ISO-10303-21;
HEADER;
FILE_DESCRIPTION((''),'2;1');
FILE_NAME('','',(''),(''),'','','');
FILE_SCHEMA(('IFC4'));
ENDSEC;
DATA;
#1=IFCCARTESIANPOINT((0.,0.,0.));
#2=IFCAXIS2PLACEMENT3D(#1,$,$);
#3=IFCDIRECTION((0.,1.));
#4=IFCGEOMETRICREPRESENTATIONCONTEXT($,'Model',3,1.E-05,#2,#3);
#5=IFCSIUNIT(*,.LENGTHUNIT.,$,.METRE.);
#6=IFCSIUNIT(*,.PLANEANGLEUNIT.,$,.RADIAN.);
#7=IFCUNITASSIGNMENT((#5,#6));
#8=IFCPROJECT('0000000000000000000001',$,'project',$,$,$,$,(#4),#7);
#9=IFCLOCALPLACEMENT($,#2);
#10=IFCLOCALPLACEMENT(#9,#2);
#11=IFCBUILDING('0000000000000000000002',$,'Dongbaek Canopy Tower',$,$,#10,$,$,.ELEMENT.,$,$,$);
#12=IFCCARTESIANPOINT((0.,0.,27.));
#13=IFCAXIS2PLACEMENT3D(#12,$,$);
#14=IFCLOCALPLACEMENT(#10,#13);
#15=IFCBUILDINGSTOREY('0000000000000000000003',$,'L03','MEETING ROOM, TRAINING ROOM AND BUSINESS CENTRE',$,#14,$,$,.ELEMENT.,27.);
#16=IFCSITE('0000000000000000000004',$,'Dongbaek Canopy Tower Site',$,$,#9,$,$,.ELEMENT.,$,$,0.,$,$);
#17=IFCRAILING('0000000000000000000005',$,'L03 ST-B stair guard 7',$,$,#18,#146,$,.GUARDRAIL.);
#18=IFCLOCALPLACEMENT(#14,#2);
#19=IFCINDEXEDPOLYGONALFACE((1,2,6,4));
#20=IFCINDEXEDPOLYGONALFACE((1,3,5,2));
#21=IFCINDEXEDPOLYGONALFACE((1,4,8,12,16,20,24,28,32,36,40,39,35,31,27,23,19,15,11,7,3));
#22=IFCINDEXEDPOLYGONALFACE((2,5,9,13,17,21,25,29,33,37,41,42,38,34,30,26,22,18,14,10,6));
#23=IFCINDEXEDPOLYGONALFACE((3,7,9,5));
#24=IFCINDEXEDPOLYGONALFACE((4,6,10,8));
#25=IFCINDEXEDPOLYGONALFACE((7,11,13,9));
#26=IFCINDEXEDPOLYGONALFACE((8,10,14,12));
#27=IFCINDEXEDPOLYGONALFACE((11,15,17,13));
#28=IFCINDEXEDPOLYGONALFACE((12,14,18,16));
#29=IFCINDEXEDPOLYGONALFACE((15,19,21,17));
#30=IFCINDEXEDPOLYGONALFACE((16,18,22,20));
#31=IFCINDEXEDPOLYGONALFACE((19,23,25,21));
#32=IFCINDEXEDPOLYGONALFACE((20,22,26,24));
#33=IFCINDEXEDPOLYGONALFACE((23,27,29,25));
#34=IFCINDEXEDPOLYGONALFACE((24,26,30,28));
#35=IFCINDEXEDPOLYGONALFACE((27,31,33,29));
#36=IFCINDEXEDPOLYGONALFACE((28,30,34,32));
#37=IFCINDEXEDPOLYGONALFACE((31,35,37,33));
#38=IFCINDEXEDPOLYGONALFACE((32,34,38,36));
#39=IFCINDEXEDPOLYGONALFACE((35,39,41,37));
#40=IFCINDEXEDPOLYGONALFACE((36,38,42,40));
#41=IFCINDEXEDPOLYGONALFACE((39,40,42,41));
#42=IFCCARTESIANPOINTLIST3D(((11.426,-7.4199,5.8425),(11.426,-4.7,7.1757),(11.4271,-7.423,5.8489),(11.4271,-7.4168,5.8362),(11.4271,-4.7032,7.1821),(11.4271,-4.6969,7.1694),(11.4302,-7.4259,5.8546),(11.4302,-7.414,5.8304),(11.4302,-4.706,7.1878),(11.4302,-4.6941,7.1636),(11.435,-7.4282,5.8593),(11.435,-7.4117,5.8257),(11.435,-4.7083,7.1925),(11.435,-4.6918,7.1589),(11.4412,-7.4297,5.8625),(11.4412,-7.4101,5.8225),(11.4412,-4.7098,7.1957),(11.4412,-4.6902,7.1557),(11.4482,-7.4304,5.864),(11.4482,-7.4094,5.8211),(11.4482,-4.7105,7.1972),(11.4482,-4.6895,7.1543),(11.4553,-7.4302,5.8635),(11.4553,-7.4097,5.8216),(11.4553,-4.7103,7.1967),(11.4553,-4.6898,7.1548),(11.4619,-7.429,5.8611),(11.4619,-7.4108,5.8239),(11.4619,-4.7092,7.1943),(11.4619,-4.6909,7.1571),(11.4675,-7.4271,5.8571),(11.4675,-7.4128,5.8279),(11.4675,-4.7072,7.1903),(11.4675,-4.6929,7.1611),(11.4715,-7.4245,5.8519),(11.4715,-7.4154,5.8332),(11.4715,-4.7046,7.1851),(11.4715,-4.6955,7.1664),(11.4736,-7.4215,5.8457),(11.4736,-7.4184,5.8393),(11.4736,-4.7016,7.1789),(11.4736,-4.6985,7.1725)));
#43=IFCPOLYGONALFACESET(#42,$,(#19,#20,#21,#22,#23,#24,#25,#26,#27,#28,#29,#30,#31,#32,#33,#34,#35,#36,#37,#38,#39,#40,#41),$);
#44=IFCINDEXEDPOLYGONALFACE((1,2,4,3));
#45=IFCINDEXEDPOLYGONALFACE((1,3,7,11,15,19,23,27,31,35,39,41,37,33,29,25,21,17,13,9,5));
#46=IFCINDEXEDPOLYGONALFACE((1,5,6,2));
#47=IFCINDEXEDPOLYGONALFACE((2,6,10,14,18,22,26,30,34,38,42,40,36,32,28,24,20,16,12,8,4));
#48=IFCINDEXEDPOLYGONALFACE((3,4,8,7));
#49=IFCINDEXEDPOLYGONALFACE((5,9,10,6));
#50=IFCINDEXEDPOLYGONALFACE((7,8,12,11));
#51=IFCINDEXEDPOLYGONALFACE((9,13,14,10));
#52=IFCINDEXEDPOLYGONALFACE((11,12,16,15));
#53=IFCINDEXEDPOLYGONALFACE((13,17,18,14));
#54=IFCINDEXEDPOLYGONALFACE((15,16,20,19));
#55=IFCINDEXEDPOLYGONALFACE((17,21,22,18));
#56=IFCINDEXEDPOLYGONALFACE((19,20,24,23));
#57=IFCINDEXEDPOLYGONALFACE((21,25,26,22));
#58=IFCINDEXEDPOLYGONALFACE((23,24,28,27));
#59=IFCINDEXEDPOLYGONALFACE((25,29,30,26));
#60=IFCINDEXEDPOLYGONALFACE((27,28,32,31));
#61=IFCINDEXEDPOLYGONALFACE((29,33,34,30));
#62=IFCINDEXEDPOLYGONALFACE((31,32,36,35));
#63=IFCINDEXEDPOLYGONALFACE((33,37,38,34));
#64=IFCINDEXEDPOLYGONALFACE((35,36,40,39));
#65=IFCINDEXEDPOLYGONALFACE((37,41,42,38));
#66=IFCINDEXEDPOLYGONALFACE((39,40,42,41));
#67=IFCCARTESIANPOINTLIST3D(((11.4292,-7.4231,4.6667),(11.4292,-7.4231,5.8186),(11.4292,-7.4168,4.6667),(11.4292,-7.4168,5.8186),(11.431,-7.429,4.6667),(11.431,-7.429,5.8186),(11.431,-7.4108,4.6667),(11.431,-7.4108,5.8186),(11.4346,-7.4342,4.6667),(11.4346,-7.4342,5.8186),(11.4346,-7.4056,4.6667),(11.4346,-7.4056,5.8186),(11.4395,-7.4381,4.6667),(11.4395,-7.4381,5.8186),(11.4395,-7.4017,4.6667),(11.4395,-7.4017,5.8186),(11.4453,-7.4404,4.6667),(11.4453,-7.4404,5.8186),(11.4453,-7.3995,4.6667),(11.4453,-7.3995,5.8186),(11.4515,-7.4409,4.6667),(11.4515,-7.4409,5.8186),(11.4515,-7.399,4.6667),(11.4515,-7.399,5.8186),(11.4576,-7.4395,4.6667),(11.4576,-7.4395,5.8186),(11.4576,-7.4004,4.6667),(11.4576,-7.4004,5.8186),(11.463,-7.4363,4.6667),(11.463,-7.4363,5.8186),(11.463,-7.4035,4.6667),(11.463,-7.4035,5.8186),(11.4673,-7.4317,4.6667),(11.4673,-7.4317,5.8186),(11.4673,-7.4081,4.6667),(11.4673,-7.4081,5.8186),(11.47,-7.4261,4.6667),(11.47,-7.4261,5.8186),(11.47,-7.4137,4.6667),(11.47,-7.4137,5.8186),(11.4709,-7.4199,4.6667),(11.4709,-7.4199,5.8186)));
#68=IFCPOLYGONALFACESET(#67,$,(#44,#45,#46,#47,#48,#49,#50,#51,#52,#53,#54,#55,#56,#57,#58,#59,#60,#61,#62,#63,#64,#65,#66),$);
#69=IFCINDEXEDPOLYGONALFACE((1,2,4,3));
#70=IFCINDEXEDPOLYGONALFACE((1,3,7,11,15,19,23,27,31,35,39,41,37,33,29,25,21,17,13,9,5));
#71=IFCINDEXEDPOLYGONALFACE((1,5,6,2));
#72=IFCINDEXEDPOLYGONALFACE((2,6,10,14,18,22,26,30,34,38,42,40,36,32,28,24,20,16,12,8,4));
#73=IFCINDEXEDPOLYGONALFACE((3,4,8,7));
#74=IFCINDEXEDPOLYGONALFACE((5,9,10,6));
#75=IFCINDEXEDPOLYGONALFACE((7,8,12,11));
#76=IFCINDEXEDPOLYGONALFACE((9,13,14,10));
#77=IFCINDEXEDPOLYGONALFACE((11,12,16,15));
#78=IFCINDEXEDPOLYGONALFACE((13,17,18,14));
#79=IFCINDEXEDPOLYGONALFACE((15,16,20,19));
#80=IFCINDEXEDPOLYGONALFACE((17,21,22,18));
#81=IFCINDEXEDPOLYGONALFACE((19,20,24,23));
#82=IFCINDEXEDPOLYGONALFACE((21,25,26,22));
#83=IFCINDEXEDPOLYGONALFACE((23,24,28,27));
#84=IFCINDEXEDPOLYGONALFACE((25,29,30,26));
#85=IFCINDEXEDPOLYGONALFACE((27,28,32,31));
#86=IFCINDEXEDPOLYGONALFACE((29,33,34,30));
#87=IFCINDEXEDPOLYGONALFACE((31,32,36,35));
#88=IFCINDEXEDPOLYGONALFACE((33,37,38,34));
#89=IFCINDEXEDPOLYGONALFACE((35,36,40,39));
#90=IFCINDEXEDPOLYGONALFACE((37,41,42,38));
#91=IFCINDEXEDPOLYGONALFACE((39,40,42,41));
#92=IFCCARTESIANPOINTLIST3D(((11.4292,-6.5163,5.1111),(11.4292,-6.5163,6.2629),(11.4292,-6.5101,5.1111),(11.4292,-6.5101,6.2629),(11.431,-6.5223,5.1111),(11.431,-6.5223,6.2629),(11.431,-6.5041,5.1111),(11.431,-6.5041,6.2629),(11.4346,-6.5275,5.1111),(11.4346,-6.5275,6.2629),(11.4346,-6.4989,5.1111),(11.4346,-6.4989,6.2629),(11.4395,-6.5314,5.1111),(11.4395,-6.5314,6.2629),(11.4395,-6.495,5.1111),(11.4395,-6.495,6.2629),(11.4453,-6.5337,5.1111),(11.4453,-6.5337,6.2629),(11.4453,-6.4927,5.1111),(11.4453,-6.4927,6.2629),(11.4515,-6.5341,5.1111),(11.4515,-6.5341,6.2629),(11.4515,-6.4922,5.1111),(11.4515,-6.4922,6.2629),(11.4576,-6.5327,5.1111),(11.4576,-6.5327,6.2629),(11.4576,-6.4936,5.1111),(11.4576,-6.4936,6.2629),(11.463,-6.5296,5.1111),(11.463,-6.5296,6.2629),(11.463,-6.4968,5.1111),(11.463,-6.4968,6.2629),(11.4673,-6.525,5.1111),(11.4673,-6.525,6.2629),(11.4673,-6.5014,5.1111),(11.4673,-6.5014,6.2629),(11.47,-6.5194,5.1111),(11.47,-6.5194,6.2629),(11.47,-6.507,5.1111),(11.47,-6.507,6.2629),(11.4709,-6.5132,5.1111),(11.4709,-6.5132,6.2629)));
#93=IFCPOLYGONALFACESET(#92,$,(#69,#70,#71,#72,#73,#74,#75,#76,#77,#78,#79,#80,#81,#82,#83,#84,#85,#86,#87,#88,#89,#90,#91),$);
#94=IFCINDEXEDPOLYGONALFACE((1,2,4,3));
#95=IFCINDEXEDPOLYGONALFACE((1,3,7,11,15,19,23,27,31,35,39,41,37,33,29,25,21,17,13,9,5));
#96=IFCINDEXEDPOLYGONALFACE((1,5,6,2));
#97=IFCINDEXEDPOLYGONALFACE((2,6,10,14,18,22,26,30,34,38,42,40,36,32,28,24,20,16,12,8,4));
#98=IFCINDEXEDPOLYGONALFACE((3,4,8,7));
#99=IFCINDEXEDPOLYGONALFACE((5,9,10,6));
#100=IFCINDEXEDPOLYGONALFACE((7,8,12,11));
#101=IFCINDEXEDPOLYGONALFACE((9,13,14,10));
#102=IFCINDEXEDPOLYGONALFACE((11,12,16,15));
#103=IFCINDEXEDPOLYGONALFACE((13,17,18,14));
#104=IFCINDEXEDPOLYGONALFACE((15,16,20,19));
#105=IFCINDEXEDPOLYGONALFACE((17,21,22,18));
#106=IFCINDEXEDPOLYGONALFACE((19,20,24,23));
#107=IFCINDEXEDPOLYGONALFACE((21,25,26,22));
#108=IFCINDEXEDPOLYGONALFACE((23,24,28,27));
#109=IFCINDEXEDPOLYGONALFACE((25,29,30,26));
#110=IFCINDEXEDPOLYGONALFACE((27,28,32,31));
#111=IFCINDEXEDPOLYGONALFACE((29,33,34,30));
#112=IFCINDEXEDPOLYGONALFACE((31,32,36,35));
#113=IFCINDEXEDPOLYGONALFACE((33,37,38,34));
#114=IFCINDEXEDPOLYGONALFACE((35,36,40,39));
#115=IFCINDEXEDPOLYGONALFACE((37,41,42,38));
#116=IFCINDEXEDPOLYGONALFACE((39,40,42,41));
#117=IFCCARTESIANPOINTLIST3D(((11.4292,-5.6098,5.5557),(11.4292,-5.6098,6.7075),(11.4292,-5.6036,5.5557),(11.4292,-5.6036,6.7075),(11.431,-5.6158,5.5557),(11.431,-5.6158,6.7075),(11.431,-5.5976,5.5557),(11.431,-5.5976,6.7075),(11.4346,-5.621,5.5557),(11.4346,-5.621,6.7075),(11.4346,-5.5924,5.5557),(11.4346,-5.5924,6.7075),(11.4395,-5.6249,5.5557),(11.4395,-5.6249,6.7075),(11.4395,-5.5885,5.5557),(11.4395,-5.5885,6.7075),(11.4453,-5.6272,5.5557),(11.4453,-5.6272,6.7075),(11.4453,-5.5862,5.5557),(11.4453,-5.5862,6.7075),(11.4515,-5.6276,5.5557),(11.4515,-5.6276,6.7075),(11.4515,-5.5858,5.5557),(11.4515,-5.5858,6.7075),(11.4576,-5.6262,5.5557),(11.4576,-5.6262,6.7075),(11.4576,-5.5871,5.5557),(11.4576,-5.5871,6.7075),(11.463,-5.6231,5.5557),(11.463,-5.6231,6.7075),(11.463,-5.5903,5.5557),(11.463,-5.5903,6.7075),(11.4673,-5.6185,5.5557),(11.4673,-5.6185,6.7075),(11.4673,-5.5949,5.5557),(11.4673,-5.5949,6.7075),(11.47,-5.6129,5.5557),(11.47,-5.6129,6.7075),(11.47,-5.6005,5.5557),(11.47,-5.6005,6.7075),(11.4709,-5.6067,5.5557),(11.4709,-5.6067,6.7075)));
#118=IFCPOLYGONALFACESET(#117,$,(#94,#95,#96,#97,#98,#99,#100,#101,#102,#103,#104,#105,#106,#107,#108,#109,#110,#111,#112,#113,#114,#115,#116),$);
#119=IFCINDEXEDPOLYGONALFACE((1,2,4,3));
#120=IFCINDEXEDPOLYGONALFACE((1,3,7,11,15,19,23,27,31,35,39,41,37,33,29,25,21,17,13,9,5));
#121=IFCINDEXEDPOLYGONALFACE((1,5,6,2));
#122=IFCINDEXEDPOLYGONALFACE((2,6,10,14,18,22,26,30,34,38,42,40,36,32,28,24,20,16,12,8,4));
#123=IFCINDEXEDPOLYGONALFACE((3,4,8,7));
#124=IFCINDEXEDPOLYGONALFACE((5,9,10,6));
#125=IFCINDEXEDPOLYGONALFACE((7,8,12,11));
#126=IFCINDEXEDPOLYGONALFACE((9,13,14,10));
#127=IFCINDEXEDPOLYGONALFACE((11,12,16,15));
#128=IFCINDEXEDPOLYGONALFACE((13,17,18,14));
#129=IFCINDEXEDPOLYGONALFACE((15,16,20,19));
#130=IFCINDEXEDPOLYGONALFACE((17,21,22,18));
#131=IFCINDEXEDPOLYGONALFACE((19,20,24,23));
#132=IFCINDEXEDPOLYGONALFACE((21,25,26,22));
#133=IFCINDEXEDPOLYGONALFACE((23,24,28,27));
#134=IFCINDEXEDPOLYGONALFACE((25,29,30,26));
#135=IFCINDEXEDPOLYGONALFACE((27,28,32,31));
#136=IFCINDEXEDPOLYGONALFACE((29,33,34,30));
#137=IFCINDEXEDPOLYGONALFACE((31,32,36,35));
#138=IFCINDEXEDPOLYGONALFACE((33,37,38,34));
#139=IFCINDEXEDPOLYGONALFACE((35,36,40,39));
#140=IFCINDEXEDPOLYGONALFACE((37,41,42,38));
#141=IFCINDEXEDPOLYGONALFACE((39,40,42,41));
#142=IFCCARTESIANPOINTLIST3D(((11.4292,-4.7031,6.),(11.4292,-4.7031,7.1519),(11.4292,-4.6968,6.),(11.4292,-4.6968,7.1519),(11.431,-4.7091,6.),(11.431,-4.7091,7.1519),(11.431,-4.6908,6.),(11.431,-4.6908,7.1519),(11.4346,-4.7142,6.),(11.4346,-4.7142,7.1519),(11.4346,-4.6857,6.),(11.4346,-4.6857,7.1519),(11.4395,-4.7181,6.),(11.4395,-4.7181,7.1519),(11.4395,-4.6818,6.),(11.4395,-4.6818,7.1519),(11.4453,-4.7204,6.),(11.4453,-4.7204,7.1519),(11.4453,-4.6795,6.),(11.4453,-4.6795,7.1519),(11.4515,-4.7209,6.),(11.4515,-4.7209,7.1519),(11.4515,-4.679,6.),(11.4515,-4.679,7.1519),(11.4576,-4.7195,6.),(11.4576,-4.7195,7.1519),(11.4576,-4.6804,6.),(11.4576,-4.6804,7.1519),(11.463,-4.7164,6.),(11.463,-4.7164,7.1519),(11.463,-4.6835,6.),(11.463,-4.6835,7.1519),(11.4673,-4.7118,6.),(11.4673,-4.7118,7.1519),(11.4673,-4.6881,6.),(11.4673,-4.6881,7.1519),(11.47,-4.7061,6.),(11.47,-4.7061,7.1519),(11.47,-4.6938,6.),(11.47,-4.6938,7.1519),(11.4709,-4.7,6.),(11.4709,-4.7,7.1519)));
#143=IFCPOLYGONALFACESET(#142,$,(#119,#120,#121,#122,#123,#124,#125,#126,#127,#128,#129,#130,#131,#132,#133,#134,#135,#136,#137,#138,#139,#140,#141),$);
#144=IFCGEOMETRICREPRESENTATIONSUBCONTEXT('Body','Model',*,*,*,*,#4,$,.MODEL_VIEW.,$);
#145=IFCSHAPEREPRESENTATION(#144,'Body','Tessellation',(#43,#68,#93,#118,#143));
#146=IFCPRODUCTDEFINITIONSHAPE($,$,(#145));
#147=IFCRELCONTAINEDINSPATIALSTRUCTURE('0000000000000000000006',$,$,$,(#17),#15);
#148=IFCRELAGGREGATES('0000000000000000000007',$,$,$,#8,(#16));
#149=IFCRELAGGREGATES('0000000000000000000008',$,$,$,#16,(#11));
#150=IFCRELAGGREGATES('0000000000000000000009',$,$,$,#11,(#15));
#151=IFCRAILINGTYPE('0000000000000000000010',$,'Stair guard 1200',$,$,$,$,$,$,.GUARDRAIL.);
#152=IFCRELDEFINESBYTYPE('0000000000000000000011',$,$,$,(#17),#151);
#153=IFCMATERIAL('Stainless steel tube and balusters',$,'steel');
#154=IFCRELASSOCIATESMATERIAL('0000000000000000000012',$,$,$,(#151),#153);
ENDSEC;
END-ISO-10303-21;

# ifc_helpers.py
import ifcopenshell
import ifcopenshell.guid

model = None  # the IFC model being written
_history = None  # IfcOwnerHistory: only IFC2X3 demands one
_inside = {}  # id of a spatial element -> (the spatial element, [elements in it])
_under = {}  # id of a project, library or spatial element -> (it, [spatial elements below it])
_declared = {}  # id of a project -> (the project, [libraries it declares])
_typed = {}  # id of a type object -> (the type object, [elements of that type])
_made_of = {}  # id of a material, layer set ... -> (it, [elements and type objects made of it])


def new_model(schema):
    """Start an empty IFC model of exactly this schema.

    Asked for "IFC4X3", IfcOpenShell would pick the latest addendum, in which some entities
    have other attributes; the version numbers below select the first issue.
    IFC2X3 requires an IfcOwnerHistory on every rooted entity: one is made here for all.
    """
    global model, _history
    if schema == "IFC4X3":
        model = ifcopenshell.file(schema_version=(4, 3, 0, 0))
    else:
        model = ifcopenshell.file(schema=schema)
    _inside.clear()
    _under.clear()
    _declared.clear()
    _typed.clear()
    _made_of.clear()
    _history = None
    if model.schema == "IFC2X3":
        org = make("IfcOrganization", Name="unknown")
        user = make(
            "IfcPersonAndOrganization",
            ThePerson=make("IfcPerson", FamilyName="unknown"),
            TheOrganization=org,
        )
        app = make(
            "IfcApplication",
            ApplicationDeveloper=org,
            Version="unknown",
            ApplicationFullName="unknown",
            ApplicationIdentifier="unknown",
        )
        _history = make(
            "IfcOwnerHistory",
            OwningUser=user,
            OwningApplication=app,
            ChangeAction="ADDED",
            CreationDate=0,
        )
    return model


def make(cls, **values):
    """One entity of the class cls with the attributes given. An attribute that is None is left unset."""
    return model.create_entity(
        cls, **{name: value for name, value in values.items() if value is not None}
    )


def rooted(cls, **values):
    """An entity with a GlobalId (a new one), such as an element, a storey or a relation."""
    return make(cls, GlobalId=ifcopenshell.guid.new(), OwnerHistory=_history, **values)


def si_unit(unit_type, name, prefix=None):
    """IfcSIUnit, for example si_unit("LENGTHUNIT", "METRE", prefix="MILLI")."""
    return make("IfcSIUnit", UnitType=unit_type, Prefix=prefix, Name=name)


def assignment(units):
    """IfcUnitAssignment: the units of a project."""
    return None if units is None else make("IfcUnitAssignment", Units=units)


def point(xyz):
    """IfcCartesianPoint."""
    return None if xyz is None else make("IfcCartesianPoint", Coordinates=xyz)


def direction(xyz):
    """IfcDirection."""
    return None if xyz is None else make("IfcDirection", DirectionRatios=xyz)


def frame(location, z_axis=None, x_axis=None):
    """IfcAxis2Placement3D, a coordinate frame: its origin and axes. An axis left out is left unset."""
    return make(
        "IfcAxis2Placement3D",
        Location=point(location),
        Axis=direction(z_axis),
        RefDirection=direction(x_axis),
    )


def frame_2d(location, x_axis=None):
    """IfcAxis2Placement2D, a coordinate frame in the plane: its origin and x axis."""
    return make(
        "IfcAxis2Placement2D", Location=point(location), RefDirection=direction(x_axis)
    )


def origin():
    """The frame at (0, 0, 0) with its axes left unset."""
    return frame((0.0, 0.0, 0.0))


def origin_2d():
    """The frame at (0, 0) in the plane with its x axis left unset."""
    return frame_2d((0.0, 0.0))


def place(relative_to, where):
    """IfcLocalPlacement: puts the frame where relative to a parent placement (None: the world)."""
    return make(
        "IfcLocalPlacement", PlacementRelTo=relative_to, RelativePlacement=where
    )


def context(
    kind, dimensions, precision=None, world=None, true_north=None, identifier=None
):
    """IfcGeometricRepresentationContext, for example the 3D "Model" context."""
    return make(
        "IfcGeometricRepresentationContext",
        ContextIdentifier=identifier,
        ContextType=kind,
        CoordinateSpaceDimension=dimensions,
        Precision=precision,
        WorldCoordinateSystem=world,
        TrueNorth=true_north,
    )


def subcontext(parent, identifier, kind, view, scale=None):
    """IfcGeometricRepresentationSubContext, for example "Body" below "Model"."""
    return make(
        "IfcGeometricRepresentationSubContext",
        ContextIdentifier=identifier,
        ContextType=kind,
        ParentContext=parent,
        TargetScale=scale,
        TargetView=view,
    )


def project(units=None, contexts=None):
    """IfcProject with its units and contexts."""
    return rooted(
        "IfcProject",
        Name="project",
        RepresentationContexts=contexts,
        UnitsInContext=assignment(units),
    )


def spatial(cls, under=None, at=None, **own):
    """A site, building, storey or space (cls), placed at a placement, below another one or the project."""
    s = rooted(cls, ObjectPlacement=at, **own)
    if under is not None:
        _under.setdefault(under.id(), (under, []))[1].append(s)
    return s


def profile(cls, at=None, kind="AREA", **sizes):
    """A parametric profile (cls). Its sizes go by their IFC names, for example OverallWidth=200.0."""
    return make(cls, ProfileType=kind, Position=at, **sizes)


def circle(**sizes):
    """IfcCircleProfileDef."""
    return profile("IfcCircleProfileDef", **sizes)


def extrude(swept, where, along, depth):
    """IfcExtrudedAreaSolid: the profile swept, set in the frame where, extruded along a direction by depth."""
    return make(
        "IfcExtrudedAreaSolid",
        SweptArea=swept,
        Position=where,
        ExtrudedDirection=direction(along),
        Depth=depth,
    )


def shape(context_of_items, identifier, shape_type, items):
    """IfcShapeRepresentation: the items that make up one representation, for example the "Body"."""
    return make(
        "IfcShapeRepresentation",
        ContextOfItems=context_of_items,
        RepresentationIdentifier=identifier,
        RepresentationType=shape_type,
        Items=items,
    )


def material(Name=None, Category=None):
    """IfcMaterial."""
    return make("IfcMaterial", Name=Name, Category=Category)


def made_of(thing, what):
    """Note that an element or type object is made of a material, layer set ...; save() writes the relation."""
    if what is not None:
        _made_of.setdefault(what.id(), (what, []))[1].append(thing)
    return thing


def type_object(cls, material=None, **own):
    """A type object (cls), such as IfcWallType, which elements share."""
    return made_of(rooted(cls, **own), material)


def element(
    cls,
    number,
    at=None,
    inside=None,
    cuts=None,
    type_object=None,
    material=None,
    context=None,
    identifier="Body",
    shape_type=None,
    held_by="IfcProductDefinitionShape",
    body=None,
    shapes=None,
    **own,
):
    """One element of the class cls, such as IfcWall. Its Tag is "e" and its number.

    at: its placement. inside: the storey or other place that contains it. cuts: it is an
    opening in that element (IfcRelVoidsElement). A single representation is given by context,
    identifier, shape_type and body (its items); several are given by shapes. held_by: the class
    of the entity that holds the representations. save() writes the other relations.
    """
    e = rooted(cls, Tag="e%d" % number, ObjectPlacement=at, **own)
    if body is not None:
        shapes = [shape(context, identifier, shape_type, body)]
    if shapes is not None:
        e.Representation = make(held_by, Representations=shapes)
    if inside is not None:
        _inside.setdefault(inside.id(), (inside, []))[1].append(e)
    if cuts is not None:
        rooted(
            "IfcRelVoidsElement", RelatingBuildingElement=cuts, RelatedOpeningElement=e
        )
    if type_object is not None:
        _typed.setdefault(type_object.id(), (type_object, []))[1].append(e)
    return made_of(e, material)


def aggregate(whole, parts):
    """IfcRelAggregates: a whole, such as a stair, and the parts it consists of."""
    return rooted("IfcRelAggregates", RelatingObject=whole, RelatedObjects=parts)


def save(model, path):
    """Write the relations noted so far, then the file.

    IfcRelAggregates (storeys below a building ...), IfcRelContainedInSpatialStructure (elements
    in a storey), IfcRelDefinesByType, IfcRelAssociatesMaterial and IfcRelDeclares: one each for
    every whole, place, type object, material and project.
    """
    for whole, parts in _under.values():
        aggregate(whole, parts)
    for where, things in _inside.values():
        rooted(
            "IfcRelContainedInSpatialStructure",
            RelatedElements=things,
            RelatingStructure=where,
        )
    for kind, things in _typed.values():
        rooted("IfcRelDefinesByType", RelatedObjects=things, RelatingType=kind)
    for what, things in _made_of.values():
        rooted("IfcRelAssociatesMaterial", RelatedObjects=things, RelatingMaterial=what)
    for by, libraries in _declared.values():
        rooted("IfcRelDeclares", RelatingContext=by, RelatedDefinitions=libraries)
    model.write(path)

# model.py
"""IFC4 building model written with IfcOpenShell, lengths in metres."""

from ifc_helpers import new_model, si_unit, direction, frame, origin, origin_2d, place, context, subcontext, project, spatial, circle, extrude, material, type_object, element, save


model = new_model("IFC4")

# Units and contexts
model_context = context("Model", 3, precision=1e-05, world=origin(), true_north=direction((0.0, 1.0)))
body_context = subcontext(model_context, "Body", "Model", "MODEL_VIEW")
ifc_project = project(units=[si_unit("LENGTHUNIT", "METRE"), si_unit("PLANEANGLEUNIT", "RADIAN")], contexts=[model_context])

# Site, building, storey
site_placement = place(None, origin())
site = spatial("IfcSite", under=ifc_project, at=site_placement, Name="Dongbaek Canopy Tower Site", CompositionType="ELEMENT", RefElevation=0.0)
building_placement = place(site_placement, origin())
building = spatial("IfcBuilding", under=site, at=building_placement, Name="Dongbaek Canopy Tower", CompositionType="ELEMENT")
storey_placement = place(building_placement, frame((0.0, 0.0, 27.0)))
storey = spatial("IfcBuildingStorey", under=building, at=storey_placement, Name="L03", Description="MEETING ROOM, TRAINING ROOM AND BUSINESS CENTRE", CompositionType="ELEMENT", Elevation=27.0)

# Railing
ifc_material_1 = material(Name="Stainless steel tube and balusters", Category="steel")
railing_type_1 = type_object("IfcRailingType", Name="Stair guard 1200", PredefinedType="GUARDRAIL", material=ifc_material_1)
railing_1_placement = place(storey_placement, frame((11.45, -7.4199, 4.6667)))
element("IfcRailing", 1, at=railing_1_placement, inside=storey, type_object=railing_type_1, Name="L03 ST-B stair guard 7", PredefinedType="GUARDRAIL", context=body_context, shape_type="SweptSolid", body=[
    extrude(circle(Radius=0.0239, at=origin_2d()), frame((0.0, 0.0, 1.1758), z_axis=(0.0, 0.897929, 0.440139), x_axis=(-1.0, 0.0, 0.0)), (0.0, 0.0, 1.0), 3.0291),
    extrude(circle(Radius=0.021, at=origin_2d()), origin(), (0.0, 0.0, 1.0), 1.1519),
    extrude(circle(Radius=0.021, at=origin_2d()), frame((0.0, 0.9067, 0.4443)), (0.0, 0.0, 1.0), 1.1519),
    extrude(circle(Radius=0.021, at=origin_2d()), frame((0.0, 1.8132, 0.8889)), (0.0, 0.0, 1.0), 1.1519),
    extrude(circle(Radius=0.021, at=origin_2d()), frame((0.0, 2.72, 1.3333)), (0.0, 0.0, 1.0), 1.1519),
])

save(model, "model.ifc")
